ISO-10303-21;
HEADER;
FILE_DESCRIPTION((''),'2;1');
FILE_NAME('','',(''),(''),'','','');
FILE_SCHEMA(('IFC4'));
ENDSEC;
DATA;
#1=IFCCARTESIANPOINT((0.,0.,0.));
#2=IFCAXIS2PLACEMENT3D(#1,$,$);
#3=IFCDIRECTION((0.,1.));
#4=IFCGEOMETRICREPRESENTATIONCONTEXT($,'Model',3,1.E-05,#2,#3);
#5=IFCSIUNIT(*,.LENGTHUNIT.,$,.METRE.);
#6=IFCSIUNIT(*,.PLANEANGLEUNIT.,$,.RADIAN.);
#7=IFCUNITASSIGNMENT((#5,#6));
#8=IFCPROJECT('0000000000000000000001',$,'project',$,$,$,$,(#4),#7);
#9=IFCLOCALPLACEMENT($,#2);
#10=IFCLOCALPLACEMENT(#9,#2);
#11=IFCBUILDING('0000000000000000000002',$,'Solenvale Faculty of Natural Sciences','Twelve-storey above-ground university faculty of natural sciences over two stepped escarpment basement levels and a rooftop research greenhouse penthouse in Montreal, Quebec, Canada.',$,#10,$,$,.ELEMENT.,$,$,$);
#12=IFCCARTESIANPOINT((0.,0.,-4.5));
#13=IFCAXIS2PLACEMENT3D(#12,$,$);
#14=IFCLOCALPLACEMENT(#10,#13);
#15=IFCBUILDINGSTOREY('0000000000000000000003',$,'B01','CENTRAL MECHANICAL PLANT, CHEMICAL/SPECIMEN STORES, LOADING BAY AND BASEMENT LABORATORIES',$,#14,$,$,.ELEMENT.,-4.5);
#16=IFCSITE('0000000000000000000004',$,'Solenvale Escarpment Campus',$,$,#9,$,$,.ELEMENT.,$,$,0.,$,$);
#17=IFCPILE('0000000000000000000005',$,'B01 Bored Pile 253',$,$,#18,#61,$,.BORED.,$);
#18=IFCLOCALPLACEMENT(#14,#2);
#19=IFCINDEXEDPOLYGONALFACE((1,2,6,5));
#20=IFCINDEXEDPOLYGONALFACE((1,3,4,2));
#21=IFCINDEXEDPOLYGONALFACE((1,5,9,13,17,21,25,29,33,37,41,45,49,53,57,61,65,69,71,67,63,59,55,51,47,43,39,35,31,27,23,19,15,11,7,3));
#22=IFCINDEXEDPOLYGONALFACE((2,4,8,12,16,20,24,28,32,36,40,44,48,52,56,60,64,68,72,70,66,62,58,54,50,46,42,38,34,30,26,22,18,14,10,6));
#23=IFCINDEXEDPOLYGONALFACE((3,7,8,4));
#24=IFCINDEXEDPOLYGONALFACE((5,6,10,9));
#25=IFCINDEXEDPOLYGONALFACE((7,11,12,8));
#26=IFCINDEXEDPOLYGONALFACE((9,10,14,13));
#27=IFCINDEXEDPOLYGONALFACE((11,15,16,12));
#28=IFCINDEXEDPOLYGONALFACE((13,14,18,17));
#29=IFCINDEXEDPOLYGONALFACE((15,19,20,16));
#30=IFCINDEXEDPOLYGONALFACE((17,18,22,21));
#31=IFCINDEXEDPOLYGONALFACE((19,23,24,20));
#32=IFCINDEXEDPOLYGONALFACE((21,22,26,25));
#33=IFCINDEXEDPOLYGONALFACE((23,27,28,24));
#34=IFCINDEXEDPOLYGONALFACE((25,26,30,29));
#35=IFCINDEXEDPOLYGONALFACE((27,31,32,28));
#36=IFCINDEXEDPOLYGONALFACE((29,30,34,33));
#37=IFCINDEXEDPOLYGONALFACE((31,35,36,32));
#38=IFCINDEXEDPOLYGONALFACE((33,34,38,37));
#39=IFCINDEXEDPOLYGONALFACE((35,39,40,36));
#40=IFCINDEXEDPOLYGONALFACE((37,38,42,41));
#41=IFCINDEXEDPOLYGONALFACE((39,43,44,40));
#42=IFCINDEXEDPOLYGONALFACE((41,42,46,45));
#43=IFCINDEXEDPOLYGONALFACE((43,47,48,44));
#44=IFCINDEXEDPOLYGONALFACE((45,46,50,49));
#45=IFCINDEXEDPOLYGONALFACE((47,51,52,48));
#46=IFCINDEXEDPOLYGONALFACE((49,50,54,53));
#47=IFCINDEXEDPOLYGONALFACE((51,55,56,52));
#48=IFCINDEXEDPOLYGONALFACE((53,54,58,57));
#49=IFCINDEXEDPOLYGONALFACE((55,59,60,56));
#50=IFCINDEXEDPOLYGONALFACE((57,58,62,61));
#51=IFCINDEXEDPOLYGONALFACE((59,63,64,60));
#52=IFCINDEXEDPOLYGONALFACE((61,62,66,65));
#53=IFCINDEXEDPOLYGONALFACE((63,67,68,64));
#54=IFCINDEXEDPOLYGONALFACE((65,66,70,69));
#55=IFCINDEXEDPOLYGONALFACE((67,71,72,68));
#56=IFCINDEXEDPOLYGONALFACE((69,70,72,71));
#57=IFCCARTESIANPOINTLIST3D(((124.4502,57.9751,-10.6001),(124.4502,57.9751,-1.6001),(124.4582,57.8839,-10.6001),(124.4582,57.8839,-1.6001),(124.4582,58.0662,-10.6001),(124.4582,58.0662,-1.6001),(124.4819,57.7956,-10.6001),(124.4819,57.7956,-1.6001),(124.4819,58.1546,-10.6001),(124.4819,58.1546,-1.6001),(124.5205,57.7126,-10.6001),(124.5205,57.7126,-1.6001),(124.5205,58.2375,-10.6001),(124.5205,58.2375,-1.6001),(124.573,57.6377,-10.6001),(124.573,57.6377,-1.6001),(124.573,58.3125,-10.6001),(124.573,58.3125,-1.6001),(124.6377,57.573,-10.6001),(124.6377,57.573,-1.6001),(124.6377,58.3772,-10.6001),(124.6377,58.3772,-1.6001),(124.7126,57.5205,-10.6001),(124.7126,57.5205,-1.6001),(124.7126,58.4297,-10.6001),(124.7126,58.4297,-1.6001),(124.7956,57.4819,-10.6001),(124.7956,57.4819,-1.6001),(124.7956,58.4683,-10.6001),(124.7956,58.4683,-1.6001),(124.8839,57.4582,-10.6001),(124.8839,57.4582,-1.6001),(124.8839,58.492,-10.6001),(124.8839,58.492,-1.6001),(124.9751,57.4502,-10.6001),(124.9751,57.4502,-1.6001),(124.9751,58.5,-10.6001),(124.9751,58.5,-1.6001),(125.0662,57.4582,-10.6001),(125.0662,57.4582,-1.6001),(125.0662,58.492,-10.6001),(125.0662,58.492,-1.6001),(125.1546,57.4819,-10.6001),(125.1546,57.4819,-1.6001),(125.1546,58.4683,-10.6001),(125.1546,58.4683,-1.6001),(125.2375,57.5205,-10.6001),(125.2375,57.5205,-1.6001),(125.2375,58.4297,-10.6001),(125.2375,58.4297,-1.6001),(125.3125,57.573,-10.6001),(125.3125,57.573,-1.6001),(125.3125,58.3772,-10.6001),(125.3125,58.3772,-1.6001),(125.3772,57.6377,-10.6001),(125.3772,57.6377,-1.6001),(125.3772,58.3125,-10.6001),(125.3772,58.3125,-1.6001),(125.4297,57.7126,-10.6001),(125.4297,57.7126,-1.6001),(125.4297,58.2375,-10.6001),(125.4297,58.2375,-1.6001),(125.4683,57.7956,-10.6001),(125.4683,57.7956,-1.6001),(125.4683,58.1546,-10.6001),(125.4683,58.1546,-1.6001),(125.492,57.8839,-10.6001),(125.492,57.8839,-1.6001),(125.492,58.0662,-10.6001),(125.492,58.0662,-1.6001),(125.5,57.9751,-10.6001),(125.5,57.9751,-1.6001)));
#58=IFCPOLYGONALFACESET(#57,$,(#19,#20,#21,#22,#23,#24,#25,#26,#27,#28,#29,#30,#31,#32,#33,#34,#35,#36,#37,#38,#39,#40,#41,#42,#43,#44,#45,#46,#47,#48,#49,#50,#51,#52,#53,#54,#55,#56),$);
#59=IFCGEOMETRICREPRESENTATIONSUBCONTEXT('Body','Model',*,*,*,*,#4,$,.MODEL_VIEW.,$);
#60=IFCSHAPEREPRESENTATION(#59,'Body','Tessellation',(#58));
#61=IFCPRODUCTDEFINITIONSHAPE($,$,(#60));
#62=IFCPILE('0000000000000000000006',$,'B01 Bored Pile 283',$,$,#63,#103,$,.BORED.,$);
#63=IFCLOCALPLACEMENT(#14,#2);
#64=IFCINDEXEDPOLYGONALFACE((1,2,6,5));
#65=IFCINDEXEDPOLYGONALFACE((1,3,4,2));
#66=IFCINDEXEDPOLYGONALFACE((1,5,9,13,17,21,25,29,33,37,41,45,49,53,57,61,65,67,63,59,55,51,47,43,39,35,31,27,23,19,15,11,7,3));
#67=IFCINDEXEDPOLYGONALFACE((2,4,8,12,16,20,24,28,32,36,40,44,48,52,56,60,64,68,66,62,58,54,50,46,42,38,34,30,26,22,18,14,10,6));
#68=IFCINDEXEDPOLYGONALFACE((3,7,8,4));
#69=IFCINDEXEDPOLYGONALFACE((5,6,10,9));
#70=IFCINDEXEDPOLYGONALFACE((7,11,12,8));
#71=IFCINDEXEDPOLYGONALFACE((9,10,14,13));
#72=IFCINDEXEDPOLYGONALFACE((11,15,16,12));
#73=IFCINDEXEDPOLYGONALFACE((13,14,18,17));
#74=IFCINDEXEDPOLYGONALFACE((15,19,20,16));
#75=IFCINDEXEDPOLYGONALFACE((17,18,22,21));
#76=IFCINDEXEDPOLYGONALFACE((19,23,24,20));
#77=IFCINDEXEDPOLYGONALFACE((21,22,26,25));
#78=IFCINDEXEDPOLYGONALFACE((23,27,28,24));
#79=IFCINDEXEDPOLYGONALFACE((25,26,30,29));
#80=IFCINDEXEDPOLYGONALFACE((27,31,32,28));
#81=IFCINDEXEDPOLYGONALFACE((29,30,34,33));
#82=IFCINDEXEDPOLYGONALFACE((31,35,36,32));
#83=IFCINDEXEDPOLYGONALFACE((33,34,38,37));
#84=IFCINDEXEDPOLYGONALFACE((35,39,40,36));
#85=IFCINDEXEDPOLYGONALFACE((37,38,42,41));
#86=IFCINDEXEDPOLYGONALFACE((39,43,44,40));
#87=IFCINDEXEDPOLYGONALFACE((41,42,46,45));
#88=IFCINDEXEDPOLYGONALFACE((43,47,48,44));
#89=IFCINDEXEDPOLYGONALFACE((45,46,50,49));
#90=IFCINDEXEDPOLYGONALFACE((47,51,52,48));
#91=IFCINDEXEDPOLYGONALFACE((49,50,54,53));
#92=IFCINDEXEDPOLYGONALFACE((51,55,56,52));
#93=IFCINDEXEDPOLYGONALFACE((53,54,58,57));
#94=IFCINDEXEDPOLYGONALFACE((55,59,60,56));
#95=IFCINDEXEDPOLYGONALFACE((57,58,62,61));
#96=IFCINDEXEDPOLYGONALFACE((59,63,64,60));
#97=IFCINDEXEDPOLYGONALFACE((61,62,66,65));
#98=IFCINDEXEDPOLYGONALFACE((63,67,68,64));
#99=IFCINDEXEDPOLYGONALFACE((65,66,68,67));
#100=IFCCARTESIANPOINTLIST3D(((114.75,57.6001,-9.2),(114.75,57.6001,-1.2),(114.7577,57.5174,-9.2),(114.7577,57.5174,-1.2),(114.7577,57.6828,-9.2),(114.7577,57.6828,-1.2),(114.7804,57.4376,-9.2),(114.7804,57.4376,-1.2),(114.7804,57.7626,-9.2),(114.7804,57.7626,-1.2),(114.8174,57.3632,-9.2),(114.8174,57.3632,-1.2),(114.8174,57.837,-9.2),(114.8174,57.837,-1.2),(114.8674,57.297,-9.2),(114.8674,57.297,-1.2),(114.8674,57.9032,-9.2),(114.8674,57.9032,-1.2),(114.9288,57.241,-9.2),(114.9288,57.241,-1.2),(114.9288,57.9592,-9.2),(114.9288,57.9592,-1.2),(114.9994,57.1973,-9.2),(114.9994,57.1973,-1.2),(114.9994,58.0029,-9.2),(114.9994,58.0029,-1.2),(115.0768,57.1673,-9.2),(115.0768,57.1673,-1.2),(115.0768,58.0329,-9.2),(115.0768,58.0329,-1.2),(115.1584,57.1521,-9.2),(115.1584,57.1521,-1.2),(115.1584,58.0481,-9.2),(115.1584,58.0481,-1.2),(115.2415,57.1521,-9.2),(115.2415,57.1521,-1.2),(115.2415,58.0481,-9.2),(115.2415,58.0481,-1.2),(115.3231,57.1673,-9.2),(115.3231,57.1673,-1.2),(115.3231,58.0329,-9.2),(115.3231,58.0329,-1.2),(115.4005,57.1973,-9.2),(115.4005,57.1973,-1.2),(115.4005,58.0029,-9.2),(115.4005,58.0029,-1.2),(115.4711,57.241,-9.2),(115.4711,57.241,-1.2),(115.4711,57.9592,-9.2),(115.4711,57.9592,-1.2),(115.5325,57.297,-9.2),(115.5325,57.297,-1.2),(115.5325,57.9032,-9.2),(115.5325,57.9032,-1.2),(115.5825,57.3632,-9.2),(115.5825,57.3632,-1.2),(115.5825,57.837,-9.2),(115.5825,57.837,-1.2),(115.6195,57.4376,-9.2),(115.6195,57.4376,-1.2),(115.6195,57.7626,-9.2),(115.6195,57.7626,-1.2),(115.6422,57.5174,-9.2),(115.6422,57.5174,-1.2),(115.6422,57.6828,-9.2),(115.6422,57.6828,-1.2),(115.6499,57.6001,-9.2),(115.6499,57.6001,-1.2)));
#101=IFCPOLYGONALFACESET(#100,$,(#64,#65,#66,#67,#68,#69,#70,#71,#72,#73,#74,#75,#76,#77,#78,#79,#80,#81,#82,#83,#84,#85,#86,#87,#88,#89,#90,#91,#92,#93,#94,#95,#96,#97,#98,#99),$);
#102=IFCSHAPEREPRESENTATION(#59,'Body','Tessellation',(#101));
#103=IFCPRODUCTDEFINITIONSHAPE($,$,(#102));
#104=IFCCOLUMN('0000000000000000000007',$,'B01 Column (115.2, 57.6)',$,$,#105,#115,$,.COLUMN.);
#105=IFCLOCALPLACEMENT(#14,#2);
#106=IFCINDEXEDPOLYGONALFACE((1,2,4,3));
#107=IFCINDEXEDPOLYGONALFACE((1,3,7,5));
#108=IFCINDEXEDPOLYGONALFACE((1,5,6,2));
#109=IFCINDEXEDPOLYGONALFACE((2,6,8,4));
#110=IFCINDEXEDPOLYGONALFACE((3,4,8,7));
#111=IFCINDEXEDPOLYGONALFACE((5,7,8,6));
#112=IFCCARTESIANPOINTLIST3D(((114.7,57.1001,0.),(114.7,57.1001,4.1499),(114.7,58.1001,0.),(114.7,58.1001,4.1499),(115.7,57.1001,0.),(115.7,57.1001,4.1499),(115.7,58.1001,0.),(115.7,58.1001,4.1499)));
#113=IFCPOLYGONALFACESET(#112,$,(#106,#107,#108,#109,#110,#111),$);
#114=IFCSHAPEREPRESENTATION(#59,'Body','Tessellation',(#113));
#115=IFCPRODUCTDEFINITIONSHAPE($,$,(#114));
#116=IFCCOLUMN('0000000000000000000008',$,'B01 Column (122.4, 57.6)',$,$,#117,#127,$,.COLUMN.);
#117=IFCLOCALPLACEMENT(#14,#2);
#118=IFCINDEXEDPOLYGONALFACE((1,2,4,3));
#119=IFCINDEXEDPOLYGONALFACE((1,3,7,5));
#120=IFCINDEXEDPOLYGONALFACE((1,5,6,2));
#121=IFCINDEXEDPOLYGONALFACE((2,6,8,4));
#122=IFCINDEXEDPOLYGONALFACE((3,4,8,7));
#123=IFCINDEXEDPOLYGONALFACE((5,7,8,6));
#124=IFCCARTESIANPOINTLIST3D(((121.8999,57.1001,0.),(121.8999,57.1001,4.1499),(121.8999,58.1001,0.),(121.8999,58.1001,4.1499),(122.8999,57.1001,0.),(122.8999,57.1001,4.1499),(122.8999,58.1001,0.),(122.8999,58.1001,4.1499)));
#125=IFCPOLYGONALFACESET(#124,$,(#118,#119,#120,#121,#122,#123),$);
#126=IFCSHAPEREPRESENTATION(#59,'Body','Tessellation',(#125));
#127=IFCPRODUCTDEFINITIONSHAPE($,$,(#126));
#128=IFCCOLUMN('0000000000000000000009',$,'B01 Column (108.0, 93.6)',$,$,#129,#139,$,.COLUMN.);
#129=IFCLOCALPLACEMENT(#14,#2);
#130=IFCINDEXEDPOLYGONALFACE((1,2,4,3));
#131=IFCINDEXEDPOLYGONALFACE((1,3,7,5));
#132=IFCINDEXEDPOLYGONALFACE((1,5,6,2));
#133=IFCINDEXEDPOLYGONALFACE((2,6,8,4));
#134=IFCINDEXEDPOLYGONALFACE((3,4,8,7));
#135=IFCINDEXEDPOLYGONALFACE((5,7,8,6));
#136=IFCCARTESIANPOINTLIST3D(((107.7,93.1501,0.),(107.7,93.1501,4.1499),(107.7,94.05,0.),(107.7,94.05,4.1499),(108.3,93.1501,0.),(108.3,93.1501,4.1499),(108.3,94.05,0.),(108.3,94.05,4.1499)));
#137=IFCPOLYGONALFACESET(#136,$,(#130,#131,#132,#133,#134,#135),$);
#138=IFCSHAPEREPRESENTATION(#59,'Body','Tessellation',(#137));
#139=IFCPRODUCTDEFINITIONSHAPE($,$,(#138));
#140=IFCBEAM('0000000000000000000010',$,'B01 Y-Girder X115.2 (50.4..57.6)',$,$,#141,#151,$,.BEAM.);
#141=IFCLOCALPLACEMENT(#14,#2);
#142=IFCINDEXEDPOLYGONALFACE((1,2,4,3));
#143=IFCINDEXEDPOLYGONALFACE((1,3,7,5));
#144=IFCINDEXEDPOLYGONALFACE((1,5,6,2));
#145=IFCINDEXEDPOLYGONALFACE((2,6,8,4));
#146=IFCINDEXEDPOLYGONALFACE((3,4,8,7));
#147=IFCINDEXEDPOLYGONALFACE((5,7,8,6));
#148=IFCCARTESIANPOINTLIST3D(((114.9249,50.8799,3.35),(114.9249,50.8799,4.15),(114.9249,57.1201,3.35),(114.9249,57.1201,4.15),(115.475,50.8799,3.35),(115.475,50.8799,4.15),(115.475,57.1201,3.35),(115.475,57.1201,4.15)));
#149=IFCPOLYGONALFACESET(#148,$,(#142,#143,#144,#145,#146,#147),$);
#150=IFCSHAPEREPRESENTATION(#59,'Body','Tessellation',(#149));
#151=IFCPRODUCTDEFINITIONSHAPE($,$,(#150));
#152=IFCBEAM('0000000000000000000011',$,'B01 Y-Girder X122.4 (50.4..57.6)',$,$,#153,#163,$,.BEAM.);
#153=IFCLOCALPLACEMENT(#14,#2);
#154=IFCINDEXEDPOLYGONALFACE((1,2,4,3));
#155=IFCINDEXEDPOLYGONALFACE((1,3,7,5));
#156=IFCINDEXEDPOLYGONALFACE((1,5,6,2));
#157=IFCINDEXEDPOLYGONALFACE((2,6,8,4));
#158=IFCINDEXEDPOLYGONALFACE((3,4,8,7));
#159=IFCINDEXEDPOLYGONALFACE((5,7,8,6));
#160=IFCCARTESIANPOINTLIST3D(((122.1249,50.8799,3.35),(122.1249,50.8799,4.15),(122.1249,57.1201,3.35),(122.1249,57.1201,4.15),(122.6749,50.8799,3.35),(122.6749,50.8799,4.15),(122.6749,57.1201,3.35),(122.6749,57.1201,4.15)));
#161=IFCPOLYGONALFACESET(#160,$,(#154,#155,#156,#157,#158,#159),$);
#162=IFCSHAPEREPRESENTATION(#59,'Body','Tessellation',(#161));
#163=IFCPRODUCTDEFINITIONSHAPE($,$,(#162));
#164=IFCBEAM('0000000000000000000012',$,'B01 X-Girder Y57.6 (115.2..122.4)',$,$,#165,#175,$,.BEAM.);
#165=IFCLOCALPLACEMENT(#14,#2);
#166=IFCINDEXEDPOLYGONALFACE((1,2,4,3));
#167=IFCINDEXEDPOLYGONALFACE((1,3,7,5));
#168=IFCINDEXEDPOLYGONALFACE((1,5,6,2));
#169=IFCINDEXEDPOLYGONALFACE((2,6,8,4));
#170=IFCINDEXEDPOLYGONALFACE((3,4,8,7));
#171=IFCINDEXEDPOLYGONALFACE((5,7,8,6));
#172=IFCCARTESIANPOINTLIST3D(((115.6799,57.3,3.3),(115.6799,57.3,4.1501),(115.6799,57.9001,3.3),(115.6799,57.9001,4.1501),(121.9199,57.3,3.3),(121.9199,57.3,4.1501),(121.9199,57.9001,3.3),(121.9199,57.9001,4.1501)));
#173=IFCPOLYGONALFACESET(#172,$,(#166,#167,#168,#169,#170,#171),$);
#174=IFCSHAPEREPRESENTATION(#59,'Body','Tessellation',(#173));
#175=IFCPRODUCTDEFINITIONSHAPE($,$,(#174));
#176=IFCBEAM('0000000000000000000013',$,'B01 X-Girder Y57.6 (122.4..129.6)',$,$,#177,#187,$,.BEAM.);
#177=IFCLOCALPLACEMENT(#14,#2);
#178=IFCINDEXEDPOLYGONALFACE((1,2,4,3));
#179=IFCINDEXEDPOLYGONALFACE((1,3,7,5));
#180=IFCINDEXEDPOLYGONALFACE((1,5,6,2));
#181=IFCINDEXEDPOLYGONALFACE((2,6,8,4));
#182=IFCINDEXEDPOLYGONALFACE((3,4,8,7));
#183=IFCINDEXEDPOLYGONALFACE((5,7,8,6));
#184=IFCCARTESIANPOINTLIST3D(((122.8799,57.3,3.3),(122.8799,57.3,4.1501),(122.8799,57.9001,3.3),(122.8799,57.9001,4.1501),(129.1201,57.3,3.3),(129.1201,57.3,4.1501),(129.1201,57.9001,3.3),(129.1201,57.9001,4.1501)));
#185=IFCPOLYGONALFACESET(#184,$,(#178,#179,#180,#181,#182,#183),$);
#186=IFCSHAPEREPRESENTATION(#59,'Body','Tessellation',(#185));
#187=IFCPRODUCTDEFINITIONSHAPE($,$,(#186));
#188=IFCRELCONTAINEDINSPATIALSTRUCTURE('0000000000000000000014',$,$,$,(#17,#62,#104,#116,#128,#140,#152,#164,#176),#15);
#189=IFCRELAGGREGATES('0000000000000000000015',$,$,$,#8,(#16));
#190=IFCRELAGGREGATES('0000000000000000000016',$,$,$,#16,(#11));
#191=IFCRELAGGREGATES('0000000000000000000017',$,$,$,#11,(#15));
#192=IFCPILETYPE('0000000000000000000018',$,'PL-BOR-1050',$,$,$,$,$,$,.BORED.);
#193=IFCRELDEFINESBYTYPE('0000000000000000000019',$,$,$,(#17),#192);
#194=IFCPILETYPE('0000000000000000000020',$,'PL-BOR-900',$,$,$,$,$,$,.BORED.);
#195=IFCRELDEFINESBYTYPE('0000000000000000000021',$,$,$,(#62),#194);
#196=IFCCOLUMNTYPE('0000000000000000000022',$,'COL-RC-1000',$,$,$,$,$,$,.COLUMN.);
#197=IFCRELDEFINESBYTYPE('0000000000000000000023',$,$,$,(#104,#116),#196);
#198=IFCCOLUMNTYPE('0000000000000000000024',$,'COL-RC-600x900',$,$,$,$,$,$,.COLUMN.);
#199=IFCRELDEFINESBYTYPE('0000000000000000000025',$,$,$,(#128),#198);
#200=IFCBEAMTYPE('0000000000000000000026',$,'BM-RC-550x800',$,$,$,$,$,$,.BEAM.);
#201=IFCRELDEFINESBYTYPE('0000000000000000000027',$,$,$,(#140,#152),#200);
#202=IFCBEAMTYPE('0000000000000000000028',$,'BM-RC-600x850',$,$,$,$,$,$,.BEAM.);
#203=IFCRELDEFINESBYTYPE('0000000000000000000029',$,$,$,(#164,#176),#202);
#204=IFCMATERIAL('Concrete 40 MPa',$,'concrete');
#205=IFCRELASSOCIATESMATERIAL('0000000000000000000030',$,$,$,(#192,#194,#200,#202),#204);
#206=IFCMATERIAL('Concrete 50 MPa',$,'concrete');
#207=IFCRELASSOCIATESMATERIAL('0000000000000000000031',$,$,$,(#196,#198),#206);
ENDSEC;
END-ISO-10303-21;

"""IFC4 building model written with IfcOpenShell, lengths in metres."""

from ifc_helpers import new_model, si_unit, direction, frame, origin, origin_2d, place, context, subcontext, project, spatial, rectangle, circle, extrude, material, material_profile, profile_set, type_object, element, save


model = new_model("IFC4")

# Units and contexts
model_context = context("Model", 3, precision=1e-05, world=origin(), true_north=direction((0.0, 1.0)))
body_context = subcontext(model_context, "Body", "Model", "MODEL_VIEW")
ifc_project = project(units=[si_unit("LENGTHUNIT", "METRE"), si_unit("PLANEANGLEUNIT", "RADIAN")], contexts=[model_context])

# Site, building, storey
site_placement = place(None, origin())
site = spatial("IfcSite", under=ifc_project, at=site_placement, Name="Solenvale Escarpment Campus", CompositionType="ELEMENT", RefElevation=0.0)
building_placement = place(site_placement, origin())
building = spatial("IfcBuilding", under=site, at=building_placement, Name="Solenvale Faculty of Natural Sciences", Description="Twelve-storey above-ground university faculty of natural sciences over two stepped escarpment basement levels and a rooftop research greenhouse penthouse in Montreal, Quebec, Canada.", CompositionType="ELEMENT")
storey_placement = place(building_placement, frame((0.0, 0.0, -4.5)))
storey = spatial("IfcBuildingStorey", under=building, at=storey_placement, Name="B01", Description="CENTRAL MECHANICAL PLANT, CHEMICAL/SPECIMEN STORES, LOADING BAY AND BASEMENT LABORATORIES", CompositionType="ELEMENT", Elevation=-4.5)

# Shared definitions
ifc_material_1 = material(Name="Concrete 40 MPa", Category="concrete")

# Piles
ifc_material_profile_1 = material_profile(ifc_material_1, circle(Radius=0.5249, at=origin_2d()), Name="PILE-D1050")
ifc_profile_set_1 = profile_set([ifc_material_profile_1], Name="Concrete 40 MPa")
pile_type_1 = type_object("IfcPileType", Name="PL-BOR-1050", PredefinedType="BORED", material=ifc_profile_set_1)
for number, where, z_axis, x_axis, name in (
    (1, (124.9751, 57.9751, -1.6001), (0.0, 0.0, -1.0), (1.0, 0.0, 0.0), "B01 Bored Pile 253"),
):
    element("IfcPile", number, at=place(storey_placement, frame(where, z_axis=z_axis, x_axis=x_axis)), inside=storey, type_object=pile_type_1, Name=name, PredefinedType="BORED", context=body_context, shape_type="SweptSolid", body=[
        extrude(circle(Radius=0.5249, at=origin_2d()), origin(), (0.0, 0.0, 1.0), 9.0),
    ])
ifc_material_profile_2 = material_profile(ifc_material_1, circle(Radius=0.45, at=origin_2d()), Name="PILE-D900")
ifc_profile_set_2 = profile_set([ifc_material_profile_2], Name="Concrete 40 MPa")
pile_type_2 = type_object("IfcPileType", Name="PL-BOR-900", PredefinedType="BORED", material=ifc_profile_set_2)
pile_placement = place(storey_placement, frame((115.2, 57.6001, -1.2), z_axis=(0.0, 0.0, -1.0), x_axis=(1.0, 0.0, 0.0)))
element("IfcPile", 2, at=pile_placement, inside=storey, type_object=pile_type_2, Name="B01 Bored Pile 283", PredefinedType="BORED", context=body_context, shape_type="SweptSolid", body=[
    extrude(circle(Radius=0.45, at=origin_2d()), origin(), (0.0, 0.0, 1.0), 8.0),
])

# Columns
ifc_material_2 = material(Name="Concrete 50 MPa", Category="concrete")
ifc_material_profile_3 = material_profile(ifc_material_2, rectangle(XDim=1.0, YDim=1.0, at=origin_2d()), Name="RC-COL-1000x1000")
ifc_profile_set_3 = profile_set([ifc_material_profile_3], Name="Concrete 50 MPa")
column_type_1 = type_object("IfcColumnType", Name="COL-RC-1000", PredefinedType="COLUMN", material=ifc_profile_set_3)
for number, where, z_axis, x_axis, name in (
    (3, (115.2, 57.6001, 0.0), (0.0, 0.0, 1.0), (1.0, 0.0, 0.0), "B01 Column (115.2, 57.6)"),
    (4, (122.3999, 57.6001, 0.0), (0.0, 0.0, 1.0), (1.0, 0.0, 0.0), "B01 Column (122.4, 57.6)"),
):
    element("IfcColumn", number, at=place(storey_placement, frame(where, z_axis=z_axis, x_axis=x_axis)), inside=storey, type_object=column_type_1, Name=name, PredefinedType="COLUMN", context=body_context, shape_type="SweptSolid", body=[
        extrude(rectangle(XDim=1.0, YDim=1.0, at=origin_2d()), origin(), (0.0, 0.0, 1.0), 4.1499),
    ])
ifc_material_profile_4 = material_profile(ifc_material_2, rectangle(XDim=0.6001, YDim=0.8999, at=origin_2d()), Name="RC-COL-600x900")
ifc_profile_set_4 = profile_set([ifc_material_profile_4], Name="Concrete 50 MPa")
column_type_2 = type_object("IfcColumnType", Name="COL-RC-600x900", PredefinedType="COLUMN", material=ifc_profile_set_4)
column_placement = place(storey_placement, frame((108.0, 93.6001, 0.0), z_axis=(0.0, 0.0, 1.0), x_axis=(1.0, 0.0, 0.0)))
element("IfcColumn", 5, at=column_placement, inside=storey, type_object=column_type_2, Name="B01 Column (108.0, 93.6)", PredefinedType="COLUMN", context=body_context, shape_type="SweptSolid", body=[
    extrude(rectangle(XDim=0.6001, YDim=0.8999, at=origin_2d()), origin(), (0.0, 0.0, 1.0), 4.1499),
])

# Beams
ifc_material_profile_5 = material_profile(ifc_material_1, rectangle(XDim=0.55, YDim=0.8, at=origin_2d()), Name="RC-BM-550x800")
ifc_profile_set_5 = profile_set([ifc_material_profile_5], Name="Concrete 40 MPa")
beam_type_1 = type_object("IfcBeamType", Name="BM-RC-550x800", PredefinedType="BEAM", material=ifc_profile_set_5)
for number, where, z_axis, x_axis, name in (
    (6, (115.2, 50.8799, 3.75), (0.0, 1.0, 0.0), (-1.0, 0.0, 0.0), "B01 Y-Girder X115.2 (50.4..57.6)"),
    (7, (122.3999, 50.8799, 3.75), (0.0, 1.0, 0.0), (-1.0, 0.0, 0.0), "B01 Y-Girder X122.4 (50.4..57.6)"),
):
    element("IfcBeam", number, at=place(storey_placement, frame(where, z_axis=z_axis, x_axis=x_axis)), inside=storey, type_object=beam_type_1, Name=name, PredefinedType="BEAM", context=body_context, shape_type="SweptSolid", body=[
        extrude(rectangle(XDim=0.55, YDim=0.8, at=origin_2d()), origin(), (0.0, 0.0, 1.0), 6.2402),
    ])
ifc_material_profile_6 = material_profile(ifc_material_1, rectangle(XDim=0.6001, YDim=0.8501, at=origin_2d()), Name="RC-BM-600x850")
ifc_profile_set_6 = profile_set([ifc_material_profile_6], Name="Concrete 40 MPa")
beam_type_2 = type_object("IfcBeamType", Name="BM-RC-600x850", PredefinedType="BEAM", material=ifc_profile_set_6)
beam_1_placement = place(storey_placement, frame((115.6799, 57.6001, 3.7251), z_axis=(1.0, 0.0, 0.0), x_axis=(0.0, 1.0, 0.0)))
element("IfcBeam", 8, at=beam_1_placement, inside=storey, type_object=beam_type_2, Name="B01 X-Girder Y57.6 (115.2..122.4)", PredefinedType="BEAM", context=body_context, shape_type="SweptSolid", body=[
    extrude(rectangle(XDim=0.6001, YDim=0.8501, at=origin_2d()), origin(), (0.0, 0.0, 1.0), 6.24),
])
beam_2_placement = place(storey_placement, frame((122.8799, 57.6001, 3.7251), z_axis=(1.0, 0.0, 0.0), x_axis=(0.0, 1.0, 0.0)))
element("IfcBeam", 9, at=beam_2_placement, inside=storey, type_object=beam_type_2, Name="B01 X-Girder Y57.6 (122.4..129.6)", PredefinedType="BEAM", context=body_context, shape_type="SweptSolid", body=[
    extrude(rectangle(XDim=0.6001, YDim=0.8501, at=origin_2d()), origin(), (0.0, 0.0, 1.0), 6.2402),
])

save(model, "model.ifc")
